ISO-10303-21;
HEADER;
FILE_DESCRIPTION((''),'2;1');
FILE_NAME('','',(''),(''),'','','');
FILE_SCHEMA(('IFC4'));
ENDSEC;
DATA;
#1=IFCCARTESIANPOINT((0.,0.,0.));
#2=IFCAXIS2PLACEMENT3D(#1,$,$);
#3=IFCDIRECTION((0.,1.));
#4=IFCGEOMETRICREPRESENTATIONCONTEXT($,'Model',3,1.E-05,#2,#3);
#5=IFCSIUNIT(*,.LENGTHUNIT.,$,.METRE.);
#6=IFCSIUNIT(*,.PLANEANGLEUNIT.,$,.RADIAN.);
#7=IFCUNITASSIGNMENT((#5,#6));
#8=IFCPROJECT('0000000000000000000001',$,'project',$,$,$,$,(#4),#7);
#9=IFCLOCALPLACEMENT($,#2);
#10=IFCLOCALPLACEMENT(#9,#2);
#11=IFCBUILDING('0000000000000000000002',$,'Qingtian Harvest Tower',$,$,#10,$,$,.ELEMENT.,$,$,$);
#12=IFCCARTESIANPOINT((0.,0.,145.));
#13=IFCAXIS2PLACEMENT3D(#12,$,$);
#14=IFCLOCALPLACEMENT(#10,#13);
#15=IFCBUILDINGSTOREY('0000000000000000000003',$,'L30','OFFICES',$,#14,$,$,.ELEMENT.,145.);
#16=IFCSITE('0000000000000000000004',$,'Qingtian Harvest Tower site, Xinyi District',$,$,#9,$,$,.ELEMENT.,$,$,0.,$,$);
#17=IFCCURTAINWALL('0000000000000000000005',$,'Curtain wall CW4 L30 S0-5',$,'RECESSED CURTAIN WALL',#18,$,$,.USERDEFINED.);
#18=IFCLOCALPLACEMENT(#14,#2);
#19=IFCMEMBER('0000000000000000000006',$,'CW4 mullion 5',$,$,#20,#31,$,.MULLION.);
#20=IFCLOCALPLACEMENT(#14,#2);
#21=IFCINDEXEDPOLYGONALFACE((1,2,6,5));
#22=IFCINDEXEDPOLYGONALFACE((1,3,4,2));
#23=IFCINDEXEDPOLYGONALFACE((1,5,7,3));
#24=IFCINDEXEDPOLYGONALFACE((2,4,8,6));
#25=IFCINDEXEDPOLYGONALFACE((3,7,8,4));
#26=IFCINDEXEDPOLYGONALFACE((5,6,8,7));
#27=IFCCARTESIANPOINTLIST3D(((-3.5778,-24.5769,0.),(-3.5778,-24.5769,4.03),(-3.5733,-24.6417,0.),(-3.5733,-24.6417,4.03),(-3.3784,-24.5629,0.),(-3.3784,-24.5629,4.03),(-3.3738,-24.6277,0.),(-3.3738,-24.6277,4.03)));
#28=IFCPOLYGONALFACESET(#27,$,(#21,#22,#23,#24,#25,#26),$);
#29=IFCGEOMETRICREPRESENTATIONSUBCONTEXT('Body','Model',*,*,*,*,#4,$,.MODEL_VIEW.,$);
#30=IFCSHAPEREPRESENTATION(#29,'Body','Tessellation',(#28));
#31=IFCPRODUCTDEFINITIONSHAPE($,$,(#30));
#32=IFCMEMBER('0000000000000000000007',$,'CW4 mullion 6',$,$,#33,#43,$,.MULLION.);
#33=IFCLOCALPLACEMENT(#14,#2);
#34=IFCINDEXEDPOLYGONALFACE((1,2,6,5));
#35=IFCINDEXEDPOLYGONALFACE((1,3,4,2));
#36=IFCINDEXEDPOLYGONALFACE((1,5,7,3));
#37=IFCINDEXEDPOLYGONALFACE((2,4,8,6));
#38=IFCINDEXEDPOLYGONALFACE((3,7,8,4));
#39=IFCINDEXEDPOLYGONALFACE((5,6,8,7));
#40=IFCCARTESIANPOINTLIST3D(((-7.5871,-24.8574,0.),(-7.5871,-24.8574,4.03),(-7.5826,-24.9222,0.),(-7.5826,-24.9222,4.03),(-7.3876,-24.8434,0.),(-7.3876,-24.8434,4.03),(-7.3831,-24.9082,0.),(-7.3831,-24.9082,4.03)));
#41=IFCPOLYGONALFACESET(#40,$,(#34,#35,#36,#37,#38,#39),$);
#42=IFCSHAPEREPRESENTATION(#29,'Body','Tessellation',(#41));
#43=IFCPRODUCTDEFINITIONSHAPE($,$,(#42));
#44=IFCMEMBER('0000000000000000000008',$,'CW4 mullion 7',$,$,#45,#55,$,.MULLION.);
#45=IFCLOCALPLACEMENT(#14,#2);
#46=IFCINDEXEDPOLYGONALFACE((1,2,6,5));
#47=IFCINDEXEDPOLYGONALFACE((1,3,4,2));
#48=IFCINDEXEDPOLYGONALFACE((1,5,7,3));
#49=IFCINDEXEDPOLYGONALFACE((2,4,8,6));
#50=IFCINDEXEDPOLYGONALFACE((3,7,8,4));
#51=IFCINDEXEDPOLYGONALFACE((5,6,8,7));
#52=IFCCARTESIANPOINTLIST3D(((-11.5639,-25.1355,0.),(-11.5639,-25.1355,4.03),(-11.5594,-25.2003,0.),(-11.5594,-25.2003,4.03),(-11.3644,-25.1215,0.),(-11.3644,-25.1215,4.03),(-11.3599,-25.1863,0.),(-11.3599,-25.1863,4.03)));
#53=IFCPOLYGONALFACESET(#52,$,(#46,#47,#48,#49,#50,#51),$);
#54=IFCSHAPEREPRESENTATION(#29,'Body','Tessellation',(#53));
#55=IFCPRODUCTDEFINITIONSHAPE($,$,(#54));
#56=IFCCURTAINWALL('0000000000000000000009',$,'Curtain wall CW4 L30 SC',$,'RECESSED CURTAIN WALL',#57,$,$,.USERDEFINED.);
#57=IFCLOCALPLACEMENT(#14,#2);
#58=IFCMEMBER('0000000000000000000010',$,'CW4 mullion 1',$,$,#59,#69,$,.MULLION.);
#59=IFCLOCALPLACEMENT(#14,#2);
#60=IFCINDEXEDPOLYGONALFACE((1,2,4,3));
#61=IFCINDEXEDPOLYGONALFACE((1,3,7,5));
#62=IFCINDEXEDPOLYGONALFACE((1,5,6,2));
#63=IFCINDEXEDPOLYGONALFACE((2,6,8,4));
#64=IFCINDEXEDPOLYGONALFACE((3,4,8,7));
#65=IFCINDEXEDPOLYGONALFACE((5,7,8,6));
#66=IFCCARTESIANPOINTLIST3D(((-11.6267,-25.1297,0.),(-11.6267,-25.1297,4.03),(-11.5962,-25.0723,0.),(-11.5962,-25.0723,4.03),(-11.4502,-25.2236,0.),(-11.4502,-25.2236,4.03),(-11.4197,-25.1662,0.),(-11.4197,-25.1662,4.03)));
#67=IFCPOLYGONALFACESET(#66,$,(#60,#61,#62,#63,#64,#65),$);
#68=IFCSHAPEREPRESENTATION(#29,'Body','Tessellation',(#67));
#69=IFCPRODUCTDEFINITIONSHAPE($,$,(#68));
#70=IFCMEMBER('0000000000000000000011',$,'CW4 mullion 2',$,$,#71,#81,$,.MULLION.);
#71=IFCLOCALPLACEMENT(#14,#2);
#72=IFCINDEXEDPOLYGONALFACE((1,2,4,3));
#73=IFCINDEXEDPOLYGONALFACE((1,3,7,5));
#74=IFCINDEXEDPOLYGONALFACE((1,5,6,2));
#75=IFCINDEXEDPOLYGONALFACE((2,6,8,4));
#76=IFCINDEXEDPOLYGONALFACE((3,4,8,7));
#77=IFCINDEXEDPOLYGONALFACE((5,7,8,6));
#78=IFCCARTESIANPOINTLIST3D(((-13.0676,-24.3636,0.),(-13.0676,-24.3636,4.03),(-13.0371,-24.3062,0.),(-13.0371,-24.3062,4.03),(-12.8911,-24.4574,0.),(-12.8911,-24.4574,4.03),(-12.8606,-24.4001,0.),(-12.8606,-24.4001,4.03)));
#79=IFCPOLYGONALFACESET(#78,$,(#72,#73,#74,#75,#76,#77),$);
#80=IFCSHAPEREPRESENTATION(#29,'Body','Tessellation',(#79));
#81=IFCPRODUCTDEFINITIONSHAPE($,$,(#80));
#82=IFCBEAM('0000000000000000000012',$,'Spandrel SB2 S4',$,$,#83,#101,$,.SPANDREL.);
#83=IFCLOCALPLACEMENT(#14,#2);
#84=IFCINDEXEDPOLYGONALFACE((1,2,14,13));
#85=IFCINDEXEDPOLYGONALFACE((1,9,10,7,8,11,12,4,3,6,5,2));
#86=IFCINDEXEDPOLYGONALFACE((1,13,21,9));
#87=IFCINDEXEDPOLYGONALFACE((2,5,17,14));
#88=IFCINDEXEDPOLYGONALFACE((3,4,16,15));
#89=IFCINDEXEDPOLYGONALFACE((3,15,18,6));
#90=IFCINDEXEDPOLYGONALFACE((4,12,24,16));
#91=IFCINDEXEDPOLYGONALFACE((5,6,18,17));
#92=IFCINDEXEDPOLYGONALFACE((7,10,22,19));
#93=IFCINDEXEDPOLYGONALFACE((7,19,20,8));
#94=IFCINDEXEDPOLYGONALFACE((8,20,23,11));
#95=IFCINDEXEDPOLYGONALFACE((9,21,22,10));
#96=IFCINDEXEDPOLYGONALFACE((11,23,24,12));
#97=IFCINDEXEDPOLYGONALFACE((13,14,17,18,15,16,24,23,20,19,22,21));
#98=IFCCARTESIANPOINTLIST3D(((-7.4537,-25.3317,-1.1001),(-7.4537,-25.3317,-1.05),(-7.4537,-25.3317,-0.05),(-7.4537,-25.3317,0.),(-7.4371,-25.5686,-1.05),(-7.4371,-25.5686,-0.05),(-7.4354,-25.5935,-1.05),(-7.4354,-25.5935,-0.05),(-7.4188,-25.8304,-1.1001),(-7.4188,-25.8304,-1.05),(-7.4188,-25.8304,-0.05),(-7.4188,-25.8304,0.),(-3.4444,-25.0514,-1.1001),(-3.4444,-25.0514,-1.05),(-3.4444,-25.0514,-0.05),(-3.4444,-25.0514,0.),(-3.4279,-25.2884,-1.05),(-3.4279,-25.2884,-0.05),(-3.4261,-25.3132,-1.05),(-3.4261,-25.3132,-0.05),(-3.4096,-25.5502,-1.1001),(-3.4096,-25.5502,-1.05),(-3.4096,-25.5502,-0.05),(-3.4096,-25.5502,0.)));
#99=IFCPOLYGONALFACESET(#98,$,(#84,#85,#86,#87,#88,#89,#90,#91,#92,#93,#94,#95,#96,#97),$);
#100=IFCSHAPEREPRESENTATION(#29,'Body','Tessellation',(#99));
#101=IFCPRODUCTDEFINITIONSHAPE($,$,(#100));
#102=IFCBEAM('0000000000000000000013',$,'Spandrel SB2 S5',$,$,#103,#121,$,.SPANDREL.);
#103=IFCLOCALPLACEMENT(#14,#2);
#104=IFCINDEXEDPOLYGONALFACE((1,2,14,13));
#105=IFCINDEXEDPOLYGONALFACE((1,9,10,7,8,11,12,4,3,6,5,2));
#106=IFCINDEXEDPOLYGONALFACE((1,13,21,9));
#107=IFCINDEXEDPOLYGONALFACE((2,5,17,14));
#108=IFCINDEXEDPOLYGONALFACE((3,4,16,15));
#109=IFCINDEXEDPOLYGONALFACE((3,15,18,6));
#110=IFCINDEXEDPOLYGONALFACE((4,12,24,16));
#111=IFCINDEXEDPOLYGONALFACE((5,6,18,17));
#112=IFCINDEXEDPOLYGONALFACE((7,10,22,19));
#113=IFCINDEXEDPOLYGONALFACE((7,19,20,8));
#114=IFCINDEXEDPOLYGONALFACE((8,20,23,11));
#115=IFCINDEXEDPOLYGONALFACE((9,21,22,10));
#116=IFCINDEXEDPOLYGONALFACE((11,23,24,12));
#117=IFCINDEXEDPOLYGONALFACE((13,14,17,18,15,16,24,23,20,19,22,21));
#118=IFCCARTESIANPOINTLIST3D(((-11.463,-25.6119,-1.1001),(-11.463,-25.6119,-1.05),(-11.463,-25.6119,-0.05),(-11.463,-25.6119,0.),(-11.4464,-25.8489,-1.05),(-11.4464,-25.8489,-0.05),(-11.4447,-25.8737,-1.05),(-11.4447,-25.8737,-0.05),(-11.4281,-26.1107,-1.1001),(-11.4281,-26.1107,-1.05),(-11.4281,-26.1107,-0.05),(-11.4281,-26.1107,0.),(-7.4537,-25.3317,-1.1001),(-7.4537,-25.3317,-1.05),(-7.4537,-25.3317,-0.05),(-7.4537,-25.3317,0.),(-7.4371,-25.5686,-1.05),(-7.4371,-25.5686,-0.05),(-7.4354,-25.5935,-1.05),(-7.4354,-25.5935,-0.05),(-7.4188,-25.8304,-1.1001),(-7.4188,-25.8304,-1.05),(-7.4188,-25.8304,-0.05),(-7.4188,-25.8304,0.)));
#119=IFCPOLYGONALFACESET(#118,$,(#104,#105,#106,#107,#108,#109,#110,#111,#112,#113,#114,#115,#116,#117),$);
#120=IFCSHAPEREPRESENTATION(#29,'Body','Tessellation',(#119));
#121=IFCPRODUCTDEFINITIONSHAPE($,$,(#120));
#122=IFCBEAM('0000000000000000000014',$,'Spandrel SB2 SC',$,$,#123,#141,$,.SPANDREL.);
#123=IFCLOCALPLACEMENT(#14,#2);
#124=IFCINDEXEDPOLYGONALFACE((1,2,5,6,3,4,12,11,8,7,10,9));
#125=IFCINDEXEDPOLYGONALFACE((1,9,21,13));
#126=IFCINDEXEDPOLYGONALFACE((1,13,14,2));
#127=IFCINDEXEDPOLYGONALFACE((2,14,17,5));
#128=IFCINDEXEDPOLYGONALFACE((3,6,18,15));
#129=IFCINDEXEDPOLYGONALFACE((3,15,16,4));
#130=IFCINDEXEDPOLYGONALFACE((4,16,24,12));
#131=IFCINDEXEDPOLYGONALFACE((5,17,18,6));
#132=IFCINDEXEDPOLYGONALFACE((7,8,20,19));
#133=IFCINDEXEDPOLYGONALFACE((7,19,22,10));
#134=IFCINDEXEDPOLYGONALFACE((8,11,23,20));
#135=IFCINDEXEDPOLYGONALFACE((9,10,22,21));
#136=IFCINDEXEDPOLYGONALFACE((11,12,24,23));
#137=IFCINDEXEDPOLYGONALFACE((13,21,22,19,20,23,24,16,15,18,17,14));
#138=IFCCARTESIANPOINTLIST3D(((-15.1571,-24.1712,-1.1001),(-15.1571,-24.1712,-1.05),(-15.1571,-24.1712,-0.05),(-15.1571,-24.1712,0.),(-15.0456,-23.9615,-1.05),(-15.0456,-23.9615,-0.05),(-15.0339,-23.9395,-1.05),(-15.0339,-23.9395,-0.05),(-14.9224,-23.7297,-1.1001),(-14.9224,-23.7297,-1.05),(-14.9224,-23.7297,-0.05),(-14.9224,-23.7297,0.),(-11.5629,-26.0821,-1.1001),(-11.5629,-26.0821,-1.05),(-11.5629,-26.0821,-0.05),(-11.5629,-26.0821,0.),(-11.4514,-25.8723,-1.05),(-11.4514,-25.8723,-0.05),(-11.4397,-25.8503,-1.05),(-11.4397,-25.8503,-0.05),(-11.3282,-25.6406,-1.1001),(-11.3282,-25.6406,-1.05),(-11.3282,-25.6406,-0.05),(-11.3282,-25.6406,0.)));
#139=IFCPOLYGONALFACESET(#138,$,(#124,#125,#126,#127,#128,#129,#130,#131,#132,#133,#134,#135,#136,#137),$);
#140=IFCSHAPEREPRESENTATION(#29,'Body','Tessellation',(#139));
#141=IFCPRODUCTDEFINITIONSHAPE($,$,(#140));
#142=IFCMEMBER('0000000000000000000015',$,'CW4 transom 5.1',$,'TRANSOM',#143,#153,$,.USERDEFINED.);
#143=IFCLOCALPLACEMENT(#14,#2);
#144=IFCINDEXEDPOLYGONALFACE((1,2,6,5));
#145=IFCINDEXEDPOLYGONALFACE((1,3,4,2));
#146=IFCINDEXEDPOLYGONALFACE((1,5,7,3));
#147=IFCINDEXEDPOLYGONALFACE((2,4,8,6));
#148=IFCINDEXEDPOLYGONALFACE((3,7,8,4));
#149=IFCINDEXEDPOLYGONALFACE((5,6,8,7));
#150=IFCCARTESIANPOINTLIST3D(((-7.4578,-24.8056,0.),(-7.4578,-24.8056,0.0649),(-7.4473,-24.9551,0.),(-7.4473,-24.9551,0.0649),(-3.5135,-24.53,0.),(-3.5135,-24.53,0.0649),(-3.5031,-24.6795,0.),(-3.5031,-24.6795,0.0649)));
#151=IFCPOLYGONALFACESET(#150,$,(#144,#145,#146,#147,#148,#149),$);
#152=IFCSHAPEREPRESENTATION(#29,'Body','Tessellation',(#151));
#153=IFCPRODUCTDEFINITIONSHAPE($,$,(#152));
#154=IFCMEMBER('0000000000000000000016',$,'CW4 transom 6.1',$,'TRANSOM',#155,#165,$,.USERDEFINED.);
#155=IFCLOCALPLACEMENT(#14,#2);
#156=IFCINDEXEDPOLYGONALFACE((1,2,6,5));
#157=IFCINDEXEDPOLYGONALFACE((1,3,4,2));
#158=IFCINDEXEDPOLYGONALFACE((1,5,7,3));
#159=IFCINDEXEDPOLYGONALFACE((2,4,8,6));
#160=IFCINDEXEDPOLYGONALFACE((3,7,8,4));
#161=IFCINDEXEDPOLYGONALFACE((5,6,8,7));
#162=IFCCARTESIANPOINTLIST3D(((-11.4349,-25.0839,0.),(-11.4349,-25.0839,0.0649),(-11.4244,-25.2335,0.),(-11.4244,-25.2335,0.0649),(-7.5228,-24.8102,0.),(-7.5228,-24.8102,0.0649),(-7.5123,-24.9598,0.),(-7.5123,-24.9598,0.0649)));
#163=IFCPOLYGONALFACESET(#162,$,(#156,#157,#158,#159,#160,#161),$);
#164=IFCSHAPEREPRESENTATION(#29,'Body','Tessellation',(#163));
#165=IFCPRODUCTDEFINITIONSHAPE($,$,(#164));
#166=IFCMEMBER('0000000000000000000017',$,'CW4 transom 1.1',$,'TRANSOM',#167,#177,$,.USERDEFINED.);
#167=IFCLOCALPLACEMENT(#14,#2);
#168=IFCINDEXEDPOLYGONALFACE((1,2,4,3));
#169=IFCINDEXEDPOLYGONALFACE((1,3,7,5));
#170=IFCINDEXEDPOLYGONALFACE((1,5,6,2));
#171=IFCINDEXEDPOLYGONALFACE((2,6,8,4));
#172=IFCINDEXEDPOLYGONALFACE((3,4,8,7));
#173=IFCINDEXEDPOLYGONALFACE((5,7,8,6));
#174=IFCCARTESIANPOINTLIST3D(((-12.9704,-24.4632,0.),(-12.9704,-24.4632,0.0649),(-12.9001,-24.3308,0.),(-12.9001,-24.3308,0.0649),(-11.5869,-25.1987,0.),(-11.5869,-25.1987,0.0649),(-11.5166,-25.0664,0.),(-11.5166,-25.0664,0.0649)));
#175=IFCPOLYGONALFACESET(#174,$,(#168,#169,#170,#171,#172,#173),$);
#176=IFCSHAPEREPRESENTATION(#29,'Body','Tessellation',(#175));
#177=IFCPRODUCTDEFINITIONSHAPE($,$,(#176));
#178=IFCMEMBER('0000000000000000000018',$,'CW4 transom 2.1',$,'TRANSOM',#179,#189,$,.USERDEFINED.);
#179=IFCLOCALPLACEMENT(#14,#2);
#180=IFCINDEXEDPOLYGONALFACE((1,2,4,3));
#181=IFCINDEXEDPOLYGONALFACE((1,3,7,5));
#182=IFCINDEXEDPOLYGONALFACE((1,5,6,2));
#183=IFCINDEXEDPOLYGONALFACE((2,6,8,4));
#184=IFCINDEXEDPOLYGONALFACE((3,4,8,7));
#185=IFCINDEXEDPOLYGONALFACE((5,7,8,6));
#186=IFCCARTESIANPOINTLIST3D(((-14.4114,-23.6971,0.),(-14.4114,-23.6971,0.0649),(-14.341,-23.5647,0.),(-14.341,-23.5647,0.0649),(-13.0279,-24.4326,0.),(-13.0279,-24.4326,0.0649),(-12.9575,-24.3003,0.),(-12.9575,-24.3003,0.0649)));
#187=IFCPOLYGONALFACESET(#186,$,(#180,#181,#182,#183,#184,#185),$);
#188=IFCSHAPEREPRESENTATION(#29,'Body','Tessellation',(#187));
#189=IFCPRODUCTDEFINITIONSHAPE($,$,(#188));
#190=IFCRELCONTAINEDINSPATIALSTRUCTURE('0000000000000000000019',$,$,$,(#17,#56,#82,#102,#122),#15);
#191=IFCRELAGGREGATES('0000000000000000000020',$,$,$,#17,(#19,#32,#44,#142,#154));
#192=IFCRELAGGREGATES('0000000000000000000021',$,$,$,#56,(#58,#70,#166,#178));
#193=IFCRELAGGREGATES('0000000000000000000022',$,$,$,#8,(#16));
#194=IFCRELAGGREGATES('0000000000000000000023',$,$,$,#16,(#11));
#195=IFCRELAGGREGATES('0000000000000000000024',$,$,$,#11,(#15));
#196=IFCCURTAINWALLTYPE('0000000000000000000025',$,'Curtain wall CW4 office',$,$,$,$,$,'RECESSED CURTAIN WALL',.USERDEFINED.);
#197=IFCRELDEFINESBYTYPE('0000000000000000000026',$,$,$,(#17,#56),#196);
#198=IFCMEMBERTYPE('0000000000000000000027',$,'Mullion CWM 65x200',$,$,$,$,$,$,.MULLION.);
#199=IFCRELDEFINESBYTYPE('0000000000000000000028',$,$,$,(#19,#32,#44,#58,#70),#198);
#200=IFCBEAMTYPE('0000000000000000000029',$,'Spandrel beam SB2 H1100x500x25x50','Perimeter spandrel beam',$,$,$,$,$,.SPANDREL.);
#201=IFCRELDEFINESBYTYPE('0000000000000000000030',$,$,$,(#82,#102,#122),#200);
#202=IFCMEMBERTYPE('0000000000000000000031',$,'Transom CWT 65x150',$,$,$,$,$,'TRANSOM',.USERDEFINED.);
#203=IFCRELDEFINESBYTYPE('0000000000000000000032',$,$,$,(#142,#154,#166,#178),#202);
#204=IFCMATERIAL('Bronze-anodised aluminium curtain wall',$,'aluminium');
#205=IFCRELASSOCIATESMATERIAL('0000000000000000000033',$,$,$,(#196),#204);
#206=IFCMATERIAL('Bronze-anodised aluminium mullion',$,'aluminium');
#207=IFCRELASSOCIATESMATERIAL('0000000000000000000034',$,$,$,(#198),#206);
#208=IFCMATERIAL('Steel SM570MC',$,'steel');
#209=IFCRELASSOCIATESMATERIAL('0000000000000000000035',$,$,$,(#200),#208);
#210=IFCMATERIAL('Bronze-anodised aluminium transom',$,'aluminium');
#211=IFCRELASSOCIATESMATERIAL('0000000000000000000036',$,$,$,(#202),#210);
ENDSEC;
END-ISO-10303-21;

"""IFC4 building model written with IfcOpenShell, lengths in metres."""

from ifc_helpers import new_model, si_unit, direction, frame, origin, origin_2d, place, context, subcontext, project, spatial, rectangle, i_section, extrude, material, material_profile, profile_set, type_object, element, aggregate, save


model = new_model("IFC4")

# Units and contexts
model_context = context("Model", 3, precision=1e-05, world=origin(), true_north=direction((0.0, 1.0)))
body_context = subcontext(model_context, "Body", "Model", "MODEL_VIEW")
ifc_project = project(units=[si_unit("LENGTHUNIT", "METRE"), si_unit("PLANEANGLEUNIT", "RADIAN")], contexts=[model_context])

# Site, building, storey
site_placement = place(None, origin())
site = spatial("IfcSite", under=ifc_project, at=site_placement, Name="Qingtian Harvest Tower site, Xinyi District", CompositionType="ELEMENT", RefElevation=0.0)
building_placement = place(site_placement, origin())
building = spatial("IfcBuilding", under=site, at=building_placement, Name="Qingtian Harvest Tower", CompositionType="ELEMENT")
storey_placement = place(building_placement, frame((0.0, 0.0, 145.0)))
storey = spatial("IfcBuildingStorey", under=building, at=storey_placement, Name="L30", Description="OFFICES", CompositionType="ELEMENT", Elevation=145.0)

# Curtain walls, members
ifc_material_1 = material(Name="Bronze-anodised aluminium curtain wall", Category="aluminium")
curtain_wall_type = type_object("IfcCurtainWallType", Name="Curtain wall CW4 office", ElementType="RECESSED CURTAIN WALL", PredefinedType="USERDEFINED", material=ifc_material_1)
curtain_wall_1_placement = place(storey_placement, origin())
curtain_wall_1 = element("IfcCurtainWall", 1, at=curtain_wall_1_placement, inside=storey, type_object=curtain_wall_type, Name="Curtain wall CW4 L30 S0-5", ObjectType="RECESSED CURTAIN WALL", PredefinedType="USERDEFINED")
ifc_material_2 = material(Name="Bronze-anodised aluminium mullion", Category="aluminium")
ifc_material_profile_1 = material_profile(ifc_material_2, rectangle(XDim=0.0649, YDim=0.2, at=origin_2d()), Name="AL 65x200")
ifc_profile_set_1 = profile_set([ifc_material_profile_1], Name="Bronze-anodised aluminium mullion")
member_type_1 = type_object("IfcMemberType", Name="Mullion CWM 65x200", PredefinedType="MULLION", material=ifc_profile_set_1)
member_1_placement = place(storey_placement, frame((-3.4758, -24.6023, 0.0), z_axis=(0.0, 0.0, 1.0), x_axis=(0.069756, -0.997564, 0.0)))
member_1 = element("IfcMember", 2, at=member_1_placement, type_object=member_type_1, Name="CW4 mullion 5", PredefinedType="MULLION", context=body_context, shape_type="SweptSolid", body=[
    extrude(rectangle(XDim=0.0649, YDim=0.2, at=origin_2d()), origin(), (0.0, 0.0, 1.0), 4.03),
])
member_2_placement = place(storey_placement, frame((-7.4851, -24.8828, 0.0), z_axis=(0.0, 0.0, 1.0), x_axis=(0.069756, -0.997564, 0.0)))
member_2 = element("IfcMember", 3, at=member_2_placement, type_object=member_type_1, Name="CW4 mullion 6", PredefinedType="MULLION", context=body_context, shape_type="SweptSolid", body=[
    extrude(rectangle(XDim=0.0649, YDim=0.2, at=origin_2d()), origin(), (0.0, 0.0, 1.0), 4.03),
])
member_3_placement = place(storey_placement, frame((-11.4619, -25.1609, 0.0), z_axis=(0.0, 0.0, 1.0), x_axis=(0.069756, -0.997564, 0.0)))
member_3 = element("IfcMember", 4, at=member_3_placement, type_object=member_type_1, Name="CW4 mullion 7", PredefinedType="MULLION", context=body_context, shape_type="SweptSolid", body=[
    extrude(rectangle(XDim=0.0649, YDim=0.2, at=origin_2d()), origin(), (0.0, 0.0, 1.0), 4.03),
])
curtain_wall_2_placement = place(storey_placement, origin())
curtain_wall_2 = element("IfcCurtainWall", 5, at=curtain_wall_2_placement, inside=storey, type_object=curtain_wall_type, Name="Curtain wall CW4 L30 SC", ObjectType="RECESSED CURTAIN WALL", PredefinedType="USERDEFINED")
member_4_placement = place(storey_placement, frame((-11.5232, -25.1479, 0.0), z_axis=(0.0, 0.0, 1.0), x_axis=(-0.469472, -0.882948, 0.0)))
member_4 = element("IfcMember", 6, at=member_4_placement, type_object=member_type_1, Name="CW4 mullion 1", PredefinedType="MULLION", context=body_context, shape_type="SweptSolid", body=[
    extrude(rectangle(XDim=0.0649, YDim=0.2, at=origin_2d()), origin(), (0.0, 0.0, 1.0), 4.03),
])
member_5_placement = place(storey_placement, frame((-12.9641, -24.3818, 0.0), z_axis=(0.0, 0.0, 1.0), x_axis=(-0.469472, -0.882948, 0.0)))
member_5 = element("IfcMember", 7, at=member_5_placement, type_object=member_type_1, Name="CW4 mullion 2", PredefinedType="MULLION", context=body_context, shape_type="SweptSolid", body=[
    extrude(rectangle(XDim=0.0649, YDim=0.2, at=origin_2d()), origin(), (0.0, 0.0, 1.0), 4.03),
])

# Beams
ifc_material_3 = material(Name="Steel SM570MC", Category="steel")
ifc_material_profile_2 = material_profile(ifc_material_3, i_section(OverallWidth=0.5, OverallDepth=1.1001, WebThickness=0.0249, FlangeThickness=0.05, at=origin_2d()), Name="H1100x500x25x50")
ifc_profile_set_2 = profile_set([ifc_material_profile_2], Name="Steel SM570MC")
beam_type_1 = type_object("IfcBeamType", Name="Spandrel beam SB2 H1100x500x25x50", Description="Perimeter spandrel beam", PredefinedType="SPANDREL", material=ifc_profile_set_2)
for number, where, z_axis, x_axis, name in (
    (8, (-3.427, -25.3008, -0.55), (-0.997565, -0.069736, 0.0), (0.069736, -0.997565, 0.0), "Spandrel SB2 S4"),
    (9, (-7.4363, -25.5811, -0.55), (-0.997565, -0.069736, 0.0), (0.069736, -0.997565, 0.0), "Spandrel SB2 S5"),
):
    element("IfcBeam", number, at=place(storey_placement, frame(where, z_axis=z_axis, x_axis=x_axis)), inside=storey, type_object=beam_type_1, Name=name, PredefinedType="SPANDREL", context=body_context, shape_type="SweptSolid", body=[
        extrude(i_section(OverallWidth=0.5, OverallDepth=1.1001, WebThickness=0.0249, FlangeThickness=0.05, at=origin_2d()), origin(), (0.0, 0.0, 1.0), 4.019),
    ])
beam_1_placement = place(storey_placement, frame((-11.4456, -25.8613, -0.55), z_axis=(-0.882968, 0.469433, 0.0), x_axis=(-0.469433, -0.882968, 0.0)))
element("IfcBeam", 10, at=beam_1_placement, inside=storey, type_object=beam_type_1, Name="Spandrel SB2 SC", PredefinedType="SPANDREL", context=body_context, shape_type="SweptSolid", body=[
    extrude(i_section(OverallWidth=0.5, OverallDepth=1.1001, WebThickness=0.0249, FlangeThickness=0.05, at=origin_2d()), origin(), (0.0, 0.0, 1.0), 4.0706),
])

# Members
ifc_material_4 = material(Name="Bronze-anodised aluminium transom", Category="aluminium")
ifc_material_profile_3 = material_profile(ifc_material_4, rectangle(XDim=0.1499, YDim=0.0649, at=origin_2d()), Name="AL 65x150")
ifc_profile_set_3 = profile_set([ifc_material_profile_3], Name="Bronze-anodised aluminium transom")
member_type_2 = type_object("IfcMemberType", Name="Transom CWT 65x150", ElementType="TRANSOM", PredefinedType="USERDEFINED", material=ifc_profile_set_3)
member_6_placement = place(storey_placement, frame((-3.5083, -24.6047, 0.0325), z_axis=(-0.997567, -0.069711, 0.0), x_axis=(0.069711, -0.997567, 0.0)))
member_6 = element("IfcMember", 11, at=member_6_placement, type_object=member_type_2, Name="CW4 transom 5.1", ObjectType="TRANSOM", PredefinedType="USERDEFINED", context=body_context, shape_type="SweptSolid", body=[
    extrude(rectangle(XDim=0.1499, YDim=0.0649, at=origin_2d()), origin(), (0.0, 0.0, 1.0), 3.9539),
])
member_7_placement = place(storey_placement, frame((-7.5176, -24.885, 0.0325), z_axis=(-0.997562, -0.069787, 0.0), x_axis=(0.069787, -0.997562, 0.0)))
member_7 = element("IfcMember", 12, at=member_7_placement, type_object=member_type_2, Name="CW4 transom 6.1", ObjectType="TRANSOM", PredefinedType="USERDEFINED", context=body_context, shape_type="SweptSolid", body=[
    extrude(rectangle(XDim=0.1499, YDim=0.0649, at=origin_2d()), origin(), (0.0, 0.0, 1.0), 3.9216),
])
member_8_placement = place(storey_placement, frame((-11.5518, -25.1326, 0.0325), z_axis=(-0.88296, 0.469448, 0.0), x_axis=(-0.469448, -0.88296, 0.0)))
member_8 = element("IfcMember", 13, at=member_8_placement, type_object=member_type_2, Name="CW4 transom 1.1", ObjectType="TRANSOM", PredefinedType="USERDEFINED", context=body_context, shape_type="SweptSolid", body=[
    extrude(rectangle(XDim=0.1499, YDim=0.0649, at=origin_2d()), origin(), (0.0, 0.0, 1.0), 1.5669),
])
member_9_placement = place(storey_placement, frame((-12.9927, -24.3665, 0.0325), z_axis=(-0.88296, 0.469448, 0.0), x_axis=(-0.469448, -0.88296, 0.0)))
member_9 = element("IfcMember", 14, at=member_9_placement, type_object=member_type_2, Name="CW4 transom 2.1", ObjectType="TRANSOM", PredefinedType="USERDEFINED", context=body_context, shape_type="SweptSolid", body=[
    extrude(rectangle(XDim=0.1499, YDim=0.0649, at=origin_2d()), origin(), (0.0, 0.0, 1.0), 1.5669),
])

aggregate(curtain_wall_1, [member_1, member_2, member_3, member_6, member_7])
aggregate(curtain_wall_2, [member_4, member_5, member_8, member_9])

save(model, "model.ifc")
